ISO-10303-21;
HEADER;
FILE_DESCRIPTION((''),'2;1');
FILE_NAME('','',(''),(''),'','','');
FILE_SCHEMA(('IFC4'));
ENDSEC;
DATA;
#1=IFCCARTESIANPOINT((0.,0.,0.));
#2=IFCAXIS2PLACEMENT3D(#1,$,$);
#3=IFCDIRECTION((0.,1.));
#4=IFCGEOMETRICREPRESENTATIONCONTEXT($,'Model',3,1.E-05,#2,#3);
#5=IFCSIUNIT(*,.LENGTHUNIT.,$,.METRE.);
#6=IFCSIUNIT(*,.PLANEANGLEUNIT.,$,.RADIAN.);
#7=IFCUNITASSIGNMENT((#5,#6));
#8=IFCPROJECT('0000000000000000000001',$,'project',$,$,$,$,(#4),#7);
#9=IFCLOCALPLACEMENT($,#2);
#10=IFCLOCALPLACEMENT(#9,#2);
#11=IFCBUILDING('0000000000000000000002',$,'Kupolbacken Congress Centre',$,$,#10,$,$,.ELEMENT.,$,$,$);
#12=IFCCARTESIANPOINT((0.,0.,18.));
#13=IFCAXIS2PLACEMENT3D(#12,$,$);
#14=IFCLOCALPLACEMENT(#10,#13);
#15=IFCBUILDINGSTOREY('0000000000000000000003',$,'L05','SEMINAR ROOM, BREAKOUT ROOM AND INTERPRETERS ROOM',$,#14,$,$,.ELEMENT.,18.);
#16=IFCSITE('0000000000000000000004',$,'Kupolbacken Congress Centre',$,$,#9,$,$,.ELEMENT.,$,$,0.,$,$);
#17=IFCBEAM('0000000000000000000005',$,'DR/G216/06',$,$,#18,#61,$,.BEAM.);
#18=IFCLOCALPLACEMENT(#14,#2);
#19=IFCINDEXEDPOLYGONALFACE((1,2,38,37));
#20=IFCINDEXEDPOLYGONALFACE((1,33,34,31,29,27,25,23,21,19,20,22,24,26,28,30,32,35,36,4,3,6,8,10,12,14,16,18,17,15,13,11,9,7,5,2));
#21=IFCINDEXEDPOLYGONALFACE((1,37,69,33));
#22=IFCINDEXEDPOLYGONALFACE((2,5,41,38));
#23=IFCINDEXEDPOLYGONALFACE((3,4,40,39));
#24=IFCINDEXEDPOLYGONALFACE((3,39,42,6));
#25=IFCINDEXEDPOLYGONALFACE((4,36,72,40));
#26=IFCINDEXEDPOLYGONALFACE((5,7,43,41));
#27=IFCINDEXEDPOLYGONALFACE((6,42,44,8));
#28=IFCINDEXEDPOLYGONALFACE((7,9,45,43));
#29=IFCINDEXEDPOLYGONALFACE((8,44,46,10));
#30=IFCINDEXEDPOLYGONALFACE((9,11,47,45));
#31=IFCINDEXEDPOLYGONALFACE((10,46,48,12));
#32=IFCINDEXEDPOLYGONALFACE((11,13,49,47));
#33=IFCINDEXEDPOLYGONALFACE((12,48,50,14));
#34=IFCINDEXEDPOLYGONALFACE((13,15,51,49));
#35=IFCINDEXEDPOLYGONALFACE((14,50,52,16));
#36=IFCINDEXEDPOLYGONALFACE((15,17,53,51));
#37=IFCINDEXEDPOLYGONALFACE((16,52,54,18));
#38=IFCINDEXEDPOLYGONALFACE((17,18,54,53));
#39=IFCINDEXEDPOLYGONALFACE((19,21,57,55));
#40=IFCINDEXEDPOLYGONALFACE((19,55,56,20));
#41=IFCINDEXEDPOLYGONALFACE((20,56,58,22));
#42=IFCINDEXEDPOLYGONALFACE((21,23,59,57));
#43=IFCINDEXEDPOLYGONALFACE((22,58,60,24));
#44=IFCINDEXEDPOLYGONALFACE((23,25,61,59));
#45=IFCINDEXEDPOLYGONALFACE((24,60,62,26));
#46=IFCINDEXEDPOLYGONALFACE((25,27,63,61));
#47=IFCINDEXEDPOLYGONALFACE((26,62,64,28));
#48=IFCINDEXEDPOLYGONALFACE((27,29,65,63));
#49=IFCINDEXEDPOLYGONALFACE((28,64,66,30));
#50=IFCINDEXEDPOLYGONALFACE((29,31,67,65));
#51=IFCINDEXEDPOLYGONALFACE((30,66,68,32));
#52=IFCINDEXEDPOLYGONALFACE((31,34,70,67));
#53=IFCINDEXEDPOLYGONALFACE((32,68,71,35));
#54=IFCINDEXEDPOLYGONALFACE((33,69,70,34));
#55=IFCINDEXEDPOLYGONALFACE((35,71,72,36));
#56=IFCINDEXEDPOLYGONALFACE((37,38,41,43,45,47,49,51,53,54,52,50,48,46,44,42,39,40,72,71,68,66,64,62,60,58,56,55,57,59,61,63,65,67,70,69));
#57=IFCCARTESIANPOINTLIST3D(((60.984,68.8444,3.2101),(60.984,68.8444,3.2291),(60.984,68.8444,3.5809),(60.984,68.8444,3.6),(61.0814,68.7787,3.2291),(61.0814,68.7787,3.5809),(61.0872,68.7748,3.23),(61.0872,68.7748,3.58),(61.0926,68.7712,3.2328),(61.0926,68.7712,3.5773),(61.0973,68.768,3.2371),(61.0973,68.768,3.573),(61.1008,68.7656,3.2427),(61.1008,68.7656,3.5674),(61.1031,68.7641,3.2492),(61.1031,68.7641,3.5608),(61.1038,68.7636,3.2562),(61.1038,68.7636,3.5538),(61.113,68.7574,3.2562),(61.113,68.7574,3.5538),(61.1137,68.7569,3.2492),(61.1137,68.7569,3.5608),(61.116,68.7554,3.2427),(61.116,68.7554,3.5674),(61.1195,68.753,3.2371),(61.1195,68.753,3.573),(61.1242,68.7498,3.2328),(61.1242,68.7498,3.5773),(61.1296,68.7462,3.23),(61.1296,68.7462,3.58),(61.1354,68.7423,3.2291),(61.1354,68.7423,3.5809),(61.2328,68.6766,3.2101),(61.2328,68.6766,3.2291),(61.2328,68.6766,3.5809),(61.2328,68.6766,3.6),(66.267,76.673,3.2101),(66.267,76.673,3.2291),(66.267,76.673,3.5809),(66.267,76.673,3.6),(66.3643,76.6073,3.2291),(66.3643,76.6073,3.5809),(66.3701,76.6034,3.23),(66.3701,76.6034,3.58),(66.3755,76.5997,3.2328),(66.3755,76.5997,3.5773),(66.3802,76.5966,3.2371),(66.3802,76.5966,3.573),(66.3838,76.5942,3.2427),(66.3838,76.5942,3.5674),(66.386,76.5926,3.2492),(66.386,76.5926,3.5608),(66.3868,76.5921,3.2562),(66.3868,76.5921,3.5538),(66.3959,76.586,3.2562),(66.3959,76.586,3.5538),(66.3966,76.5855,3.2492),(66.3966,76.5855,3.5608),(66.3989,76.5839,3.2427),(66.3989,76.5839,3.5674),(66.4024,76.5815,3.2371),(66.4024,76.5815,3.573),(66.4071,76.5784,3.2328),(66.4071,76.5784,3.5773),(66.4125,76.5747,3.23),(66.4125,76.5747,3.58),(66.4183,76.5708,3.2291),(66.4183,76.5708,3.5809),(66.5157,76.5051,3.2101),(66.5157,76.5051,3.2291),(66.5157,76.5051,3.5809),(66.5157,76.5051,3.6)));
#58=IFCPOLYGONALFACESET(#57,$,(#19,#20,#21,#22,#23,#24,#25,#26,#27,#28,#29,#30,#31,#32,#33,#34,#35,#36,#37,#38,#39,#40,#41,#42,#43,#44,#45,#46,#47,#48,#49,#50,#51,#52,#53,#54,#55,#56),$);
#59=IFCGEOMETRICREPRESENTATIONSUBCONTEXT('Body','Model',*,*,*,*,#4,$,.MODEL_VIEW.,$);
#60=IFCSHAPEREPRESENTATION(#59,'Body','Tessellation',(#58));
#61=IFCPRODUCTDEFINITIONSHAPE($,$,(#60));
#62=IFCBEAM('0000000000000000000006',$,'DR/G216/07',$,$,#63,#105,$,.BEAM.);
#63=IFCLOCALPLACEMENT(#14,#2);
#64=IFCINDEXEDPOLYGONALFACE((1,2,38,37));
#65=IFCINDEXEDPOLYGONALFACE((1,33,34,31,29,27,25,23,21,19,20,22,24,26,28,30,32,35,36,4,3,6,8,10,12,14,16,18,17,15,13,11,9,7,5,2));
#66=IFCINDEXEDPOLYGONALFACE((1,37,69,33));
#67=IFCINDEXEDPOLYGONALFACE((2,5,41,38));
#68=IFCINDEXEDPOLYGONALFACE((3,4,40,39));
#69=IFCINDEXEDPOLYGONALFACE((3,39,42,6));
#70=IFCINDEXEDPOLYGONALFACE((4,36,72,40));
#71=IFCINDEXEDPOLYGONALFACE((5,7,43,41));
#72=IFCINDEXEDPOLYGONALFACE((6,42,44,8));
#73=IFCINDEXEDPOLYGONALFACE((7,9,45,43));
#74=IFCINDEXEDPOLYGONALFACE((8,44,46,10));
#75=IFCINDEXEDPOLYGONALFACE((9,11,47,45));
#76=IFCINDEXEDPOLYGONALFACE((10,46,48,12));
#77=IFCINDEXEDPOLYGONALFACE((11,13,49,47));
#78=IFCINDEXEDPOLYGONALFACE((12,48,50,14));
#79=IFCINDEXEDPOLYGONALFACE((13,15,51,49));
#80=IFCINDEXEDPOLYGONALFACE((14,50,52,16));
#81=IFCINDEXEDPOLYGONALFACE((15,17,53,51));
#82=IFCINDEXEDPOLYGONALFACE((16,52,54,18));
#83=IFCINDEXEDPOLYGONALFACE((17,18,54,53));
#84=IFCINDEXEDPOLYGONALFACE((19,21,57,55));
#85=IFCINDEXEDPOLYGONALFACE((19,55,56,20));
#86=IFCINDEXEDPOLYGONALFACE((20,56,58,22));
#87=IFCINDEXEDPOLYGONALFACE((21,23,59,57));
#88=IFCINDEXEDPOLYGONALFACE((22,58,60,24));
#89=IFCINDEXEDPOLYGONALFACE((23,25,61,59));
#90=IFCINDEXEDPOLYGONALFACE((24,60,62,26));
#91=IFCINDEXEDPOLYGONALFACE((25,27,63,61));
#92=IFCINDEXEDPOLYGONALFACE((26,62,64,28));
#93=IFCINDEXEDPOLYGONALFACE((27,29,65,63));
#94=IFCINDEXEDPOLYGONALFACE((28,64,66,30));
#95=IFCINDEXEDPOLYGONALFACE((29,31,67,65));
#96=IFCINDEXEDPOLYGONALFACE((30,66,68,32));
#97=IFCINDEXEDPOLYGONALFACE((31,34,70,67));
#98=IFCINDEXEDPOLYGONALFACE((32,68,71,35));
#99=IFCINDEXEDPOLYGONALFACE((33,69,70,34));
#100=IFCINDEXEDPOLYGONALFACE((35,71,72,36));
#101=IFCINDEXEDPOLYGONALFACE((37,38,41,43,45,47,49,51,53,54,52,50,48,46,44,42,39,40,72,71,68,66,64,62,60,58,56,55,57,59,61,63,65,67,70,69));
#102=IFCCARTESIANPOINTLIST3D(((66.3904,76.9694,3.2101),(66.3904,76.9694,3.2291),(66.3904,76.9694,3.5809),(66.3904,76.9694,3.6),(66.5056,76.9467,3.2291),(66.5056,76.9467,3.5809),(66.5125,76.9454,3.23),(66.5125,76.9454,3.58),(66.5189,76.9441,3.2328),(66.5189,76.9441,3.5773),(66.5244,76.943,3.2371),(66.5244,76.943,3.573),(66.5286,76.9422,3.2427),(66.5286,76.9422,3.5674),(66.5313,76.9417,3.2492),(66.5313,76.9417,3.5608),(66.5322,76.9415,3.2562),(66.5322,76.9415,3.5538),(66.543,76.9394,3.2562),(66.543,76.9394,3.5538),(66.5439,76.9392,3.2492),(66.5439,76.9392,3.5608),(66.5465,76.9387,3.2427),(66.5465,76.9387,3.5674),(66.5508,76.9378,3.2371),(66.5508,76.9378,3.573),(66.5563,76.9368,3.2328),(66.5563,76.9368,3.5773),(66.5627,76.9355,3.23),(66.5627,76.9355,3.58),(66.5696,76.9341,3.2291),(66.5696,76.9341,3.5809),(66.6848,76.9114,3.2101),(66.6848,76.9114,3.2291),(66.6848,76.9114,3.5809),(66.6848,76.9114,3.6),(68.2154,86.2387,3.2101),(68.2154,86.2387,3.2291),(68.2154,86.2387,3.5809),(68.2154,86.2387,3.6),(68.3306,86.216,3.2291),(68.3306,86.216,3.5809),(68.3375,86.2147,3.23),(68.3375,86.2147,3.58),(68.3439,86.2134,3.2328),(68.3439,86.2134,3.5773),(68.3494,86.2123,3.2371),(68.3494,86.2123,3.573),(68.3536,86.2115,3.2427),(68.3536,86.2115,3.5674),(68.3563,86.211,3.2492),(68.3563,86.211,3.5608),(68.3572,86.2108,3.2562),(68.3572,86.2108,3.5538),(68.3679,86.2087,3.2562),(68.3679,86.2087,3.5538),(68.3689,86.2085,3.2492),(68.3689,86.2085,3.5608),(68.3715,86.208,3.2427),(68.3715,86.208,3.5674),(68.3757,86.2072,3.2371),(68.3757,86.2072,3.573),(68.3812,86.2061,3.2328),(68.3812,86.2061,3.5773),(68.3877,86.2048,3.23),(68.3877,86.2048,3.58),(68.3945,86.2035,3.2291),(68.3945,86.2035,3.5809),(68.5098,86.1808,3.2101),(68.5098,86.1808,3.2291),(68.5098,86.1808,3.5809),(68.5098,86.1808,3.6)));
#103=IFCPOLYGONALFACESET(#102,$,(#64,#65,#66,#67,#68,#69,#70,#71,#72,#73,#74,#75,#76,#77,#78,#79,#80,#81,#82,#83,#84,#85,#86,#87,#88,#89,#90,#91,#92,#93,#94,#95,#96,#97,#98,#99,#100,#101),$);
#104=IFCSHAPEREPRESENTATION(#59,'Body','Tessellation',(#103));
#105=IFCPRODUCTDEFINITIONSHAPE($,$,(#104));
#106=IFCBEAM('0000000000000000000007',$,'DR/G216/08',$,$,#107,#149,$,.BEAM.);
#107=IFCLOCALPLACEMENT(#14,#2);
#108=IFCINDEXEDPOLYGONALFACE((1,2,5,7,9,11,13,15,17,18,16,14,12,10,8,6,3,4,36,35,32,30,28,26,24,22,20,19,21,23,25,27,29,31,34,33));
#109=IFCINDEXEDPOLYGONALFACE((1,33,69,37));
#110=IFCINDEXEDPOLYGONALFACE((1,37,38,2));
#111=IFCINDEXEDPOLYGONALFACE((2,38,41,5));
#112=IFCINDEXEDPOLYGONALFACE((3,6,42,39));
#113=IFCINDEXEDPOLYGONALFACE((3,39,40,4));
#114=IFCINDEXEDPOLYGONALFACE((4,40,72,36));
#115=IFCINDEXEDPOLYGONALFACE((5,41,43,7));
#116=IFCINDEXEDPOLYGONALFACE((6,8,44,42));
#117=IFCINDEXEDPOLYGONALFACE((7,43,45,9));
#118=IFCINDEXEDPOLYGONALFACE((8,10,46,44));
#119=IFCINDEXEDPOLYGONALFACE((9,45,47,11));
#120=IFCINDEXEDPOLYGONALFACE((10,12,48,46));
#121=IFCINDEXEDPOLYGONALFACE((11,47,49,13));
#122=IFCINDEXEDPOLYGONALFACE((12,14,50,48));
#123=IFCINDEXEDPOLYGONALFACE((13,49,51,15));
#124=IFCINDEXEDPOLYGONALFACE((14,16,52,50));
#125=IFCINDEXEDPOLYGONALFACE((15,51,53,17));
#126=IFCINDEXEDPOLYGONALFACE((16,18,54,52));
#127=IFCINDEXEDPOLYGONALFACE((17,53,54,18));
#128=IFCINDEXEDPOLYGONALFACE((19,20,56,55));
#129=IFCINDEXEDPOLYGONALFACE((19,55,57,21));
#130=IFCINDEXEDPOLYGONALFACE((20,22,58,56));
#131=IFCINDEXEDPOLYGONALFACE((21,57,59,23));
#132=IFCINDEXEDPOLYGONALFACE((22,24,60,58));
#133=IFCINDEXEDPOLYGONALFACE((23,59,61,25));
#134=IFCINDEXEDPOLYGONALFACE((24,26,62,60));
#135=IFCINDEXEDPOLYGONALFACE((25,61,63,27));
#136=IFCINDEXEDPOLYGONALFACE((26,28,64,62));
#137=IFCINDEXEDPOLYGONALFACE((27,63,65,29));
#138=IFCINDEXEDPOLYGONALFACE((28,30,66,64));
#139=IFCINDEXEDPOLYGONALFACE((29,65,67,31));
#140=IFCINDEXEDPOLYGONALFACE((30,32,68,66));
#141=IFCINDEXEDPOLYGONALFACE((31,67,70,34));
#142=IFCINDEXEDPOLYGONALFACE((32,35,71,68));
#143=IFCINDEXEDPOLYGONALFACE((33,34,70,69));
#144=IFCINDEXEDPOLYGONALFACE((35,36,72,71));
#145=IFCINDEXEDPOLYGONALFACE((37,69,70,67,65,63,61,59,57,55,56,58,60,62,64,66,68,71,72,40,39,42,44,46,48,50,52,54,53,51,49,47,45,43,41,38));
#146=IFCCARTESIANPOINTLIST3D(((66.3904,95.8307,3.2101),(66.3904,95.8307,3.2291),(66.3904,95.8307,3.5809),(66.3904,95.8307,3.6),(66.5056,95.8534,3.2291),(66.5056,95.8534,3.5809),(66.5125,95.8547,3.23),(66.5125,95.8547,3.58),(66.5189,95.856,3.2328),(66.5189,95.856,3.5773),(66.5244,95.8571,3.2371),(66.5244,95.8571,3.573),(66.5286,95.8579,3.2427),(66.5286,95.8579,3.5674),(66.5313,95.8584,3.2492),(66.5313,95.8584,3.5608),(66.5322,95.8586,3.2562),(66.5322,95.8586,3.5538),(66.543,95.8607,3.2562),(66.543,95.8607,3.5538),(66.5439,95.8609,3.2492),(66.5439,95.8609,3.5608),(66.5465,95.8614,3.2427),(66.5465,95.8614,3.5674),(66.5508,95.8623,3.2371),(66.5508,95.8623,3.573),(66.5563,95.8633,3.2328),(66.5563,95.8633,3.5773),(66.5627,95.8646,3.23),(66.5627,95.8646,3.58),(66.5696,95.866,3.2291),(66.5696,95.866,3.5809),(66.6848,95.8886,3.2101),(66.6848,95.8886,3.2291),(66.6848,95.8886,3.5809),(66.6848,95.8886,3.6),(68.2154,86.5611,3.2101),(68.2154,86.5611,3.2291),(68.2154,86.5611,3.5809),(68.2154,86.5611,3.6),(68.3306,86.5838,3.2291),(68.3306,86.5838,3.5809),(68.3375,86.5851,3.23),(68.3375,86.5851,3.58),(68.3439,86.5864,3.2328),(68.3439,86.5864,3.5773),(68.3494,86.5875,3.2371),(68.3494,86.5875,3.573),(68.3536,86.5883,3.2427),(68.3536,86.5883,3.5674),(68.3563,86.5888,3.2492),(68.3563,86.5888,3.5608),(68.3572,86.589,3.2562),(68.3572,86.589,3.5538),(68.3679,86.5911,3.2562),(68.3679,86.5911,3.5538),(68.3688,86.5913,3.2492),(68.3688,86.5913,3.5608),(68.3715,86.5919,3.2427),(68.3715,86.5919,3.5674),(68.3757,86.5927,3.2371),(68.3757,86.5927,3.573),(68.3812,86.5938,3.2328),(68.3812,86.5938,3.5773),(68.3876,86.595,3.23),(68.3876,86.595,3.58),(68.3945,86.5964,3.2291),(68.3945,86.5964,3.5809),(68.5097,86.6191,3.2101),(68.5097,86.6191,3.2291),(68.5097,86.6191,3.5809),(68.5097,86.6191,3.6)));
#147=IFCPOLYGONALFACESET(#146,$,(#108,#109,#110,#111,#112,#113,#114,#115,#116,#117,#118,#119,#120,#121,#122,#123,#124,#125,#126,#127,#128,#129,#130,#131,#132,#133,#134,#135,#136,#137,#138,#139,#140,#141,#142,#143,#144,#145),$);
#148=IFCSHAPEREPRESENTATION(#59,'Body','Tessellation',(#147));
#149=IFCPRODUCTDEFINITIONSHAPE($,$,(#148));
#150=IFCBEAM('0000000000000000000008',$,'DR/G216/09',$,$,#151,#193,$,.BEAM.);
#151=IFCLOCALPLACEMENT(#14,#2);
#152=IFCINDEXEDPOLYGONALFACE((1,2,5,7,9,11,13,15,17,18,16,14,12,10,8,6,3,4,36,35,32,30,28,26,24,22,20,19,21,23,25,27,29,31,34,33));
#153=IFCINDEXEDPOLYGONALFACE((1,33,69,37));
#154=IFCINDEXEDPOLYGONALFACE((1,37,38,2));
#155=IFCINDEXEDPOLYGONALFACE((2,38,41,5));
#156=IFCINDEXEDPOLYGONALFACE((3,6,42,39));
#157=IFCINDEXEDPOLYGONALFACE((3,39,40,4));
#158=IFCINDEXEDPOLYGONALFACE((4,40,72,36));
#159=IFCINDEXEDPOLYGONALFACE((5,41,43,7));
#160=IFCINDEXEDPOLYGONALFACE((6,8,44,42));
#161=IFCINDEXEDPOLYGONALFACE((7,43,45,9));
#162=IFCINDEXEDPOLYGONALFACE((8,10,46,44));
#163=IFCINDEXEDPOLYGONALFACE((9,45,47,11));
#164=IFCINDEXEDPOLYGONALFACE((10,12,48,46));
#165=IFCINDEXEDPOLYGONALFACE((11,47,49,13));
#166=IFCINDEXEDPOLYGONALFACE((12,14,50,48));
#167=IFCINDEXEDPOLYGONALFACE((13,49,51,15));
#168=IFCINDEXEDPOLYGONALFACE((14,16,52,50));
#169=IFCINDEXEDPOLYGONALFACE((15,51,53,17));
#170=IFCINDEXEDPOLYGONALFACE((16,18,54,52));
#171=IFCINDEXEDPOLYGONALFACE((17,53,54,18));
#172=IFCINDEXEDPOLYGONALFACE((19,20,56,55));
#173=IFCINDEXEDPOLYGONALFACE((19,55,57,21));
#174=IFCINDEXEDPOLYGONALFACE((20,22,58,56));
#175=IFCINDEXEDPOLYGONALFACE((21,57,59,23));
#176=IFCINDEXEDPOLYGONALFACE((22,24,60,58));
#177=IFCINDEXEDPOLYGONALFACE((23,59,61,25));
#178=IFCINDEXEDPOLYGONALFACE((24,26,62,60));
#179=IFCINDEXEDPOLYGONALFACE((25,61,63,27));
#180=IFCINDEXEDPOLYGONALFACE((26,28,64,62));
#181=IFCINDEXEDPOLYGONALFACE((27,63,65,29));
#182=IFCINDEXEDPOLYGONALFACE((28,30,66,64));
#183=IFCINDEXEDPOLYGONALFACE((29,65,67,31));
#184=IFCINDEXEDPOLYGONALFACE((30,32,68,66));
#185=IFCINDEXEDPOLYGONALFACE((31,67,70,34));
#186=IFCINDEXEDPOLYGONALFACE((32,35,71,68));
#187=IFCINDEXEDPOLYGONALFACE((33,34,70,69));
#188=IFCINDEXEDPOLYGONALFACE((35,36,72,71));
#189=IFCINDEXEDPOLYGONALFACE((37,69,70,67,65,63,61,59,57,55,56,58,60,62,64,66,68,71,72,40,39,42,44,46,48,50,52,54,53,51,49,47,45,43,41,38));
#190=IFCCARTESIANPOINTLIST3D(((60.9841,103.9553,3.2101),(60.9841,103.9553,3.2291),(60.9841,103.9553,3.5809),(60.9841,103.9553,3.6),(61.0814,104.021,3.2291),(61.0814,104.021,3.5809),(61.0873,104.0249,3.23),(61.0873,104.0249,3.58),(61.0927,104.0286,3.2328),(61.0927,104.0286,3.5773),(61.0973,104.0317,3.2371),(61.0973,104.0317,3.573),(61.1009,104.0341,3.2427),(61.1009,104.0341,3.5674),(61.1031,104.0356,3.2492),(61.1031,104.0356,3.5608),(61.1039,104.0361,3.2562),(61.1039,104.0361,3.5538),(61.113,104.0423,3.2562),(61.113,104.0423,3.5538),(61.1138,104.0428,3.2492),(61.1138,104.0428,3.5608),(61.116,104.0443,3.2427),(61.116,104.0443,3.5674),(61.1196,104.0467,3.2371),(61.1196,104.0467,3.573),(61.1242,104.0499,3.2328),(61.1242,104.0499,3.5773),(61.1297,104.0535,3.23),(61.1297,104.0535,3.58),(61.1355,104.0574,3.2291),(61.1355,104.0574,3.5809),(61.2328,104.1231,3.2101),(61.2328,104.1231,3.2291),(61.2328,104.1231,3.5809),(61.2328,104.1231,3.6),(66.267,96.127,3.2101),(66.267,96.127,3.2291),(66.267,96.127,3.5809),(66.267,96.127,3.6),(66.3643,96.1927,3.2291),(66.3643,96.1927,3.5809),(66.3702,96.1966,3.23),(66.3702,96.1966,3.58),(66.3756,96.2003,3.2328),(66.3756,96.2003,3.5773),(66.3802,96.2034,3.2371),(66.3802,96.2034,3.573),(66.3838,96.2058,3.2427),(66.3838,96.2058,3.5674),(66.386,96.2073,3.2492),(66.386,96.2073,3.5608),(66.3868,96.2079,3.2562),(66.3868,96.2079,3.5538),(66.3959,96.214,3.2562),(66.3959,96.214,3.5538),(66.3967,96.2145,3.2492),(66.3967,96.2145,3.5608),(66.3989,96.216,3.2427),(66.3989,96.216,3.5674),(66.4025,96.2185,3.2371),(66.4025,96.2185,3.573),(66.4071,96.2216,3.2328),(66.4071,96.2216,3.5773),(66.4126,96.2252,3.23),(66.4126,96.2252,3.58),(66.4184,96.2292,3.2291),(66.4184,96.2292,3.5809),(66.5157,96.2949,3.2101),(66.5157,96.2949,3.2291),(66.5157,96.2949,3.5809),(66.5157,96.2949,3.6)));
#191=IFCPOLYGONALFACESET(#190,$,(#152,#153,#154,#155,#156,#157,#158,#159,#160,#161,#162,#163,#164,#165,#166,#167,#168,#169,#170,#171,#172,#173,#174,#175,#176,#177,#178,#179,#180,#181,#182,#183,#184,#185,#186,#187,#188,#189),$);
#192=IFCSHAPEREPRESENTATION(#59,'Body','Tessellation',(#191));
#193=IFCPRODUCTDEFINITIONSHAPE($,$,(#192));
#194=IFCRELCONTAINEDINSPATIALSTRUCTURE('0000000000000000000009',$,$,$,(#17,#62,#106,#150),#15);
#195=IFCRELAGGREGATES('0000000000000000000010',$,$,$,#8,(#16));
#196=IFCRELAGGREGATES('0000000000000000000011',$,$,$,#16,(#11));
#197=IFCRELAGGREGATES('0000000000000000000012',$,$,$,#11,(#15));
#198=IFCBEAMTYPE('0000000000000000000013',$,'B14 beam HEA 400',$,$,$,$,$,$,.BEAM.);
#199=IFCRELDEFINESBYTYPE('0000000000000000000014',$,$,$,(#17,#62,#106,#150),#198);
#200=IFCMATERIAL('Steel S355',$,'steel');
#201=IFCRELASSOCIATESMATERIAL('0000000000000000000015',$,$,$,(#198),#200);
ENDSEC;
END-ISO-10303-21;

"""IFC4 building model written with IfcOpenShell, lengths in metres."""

from ifc_helpers import new_model, si_unit, direction, frame, origin, origin_2d, place, context, subcontext, project, spatial, i_section, extrude, material, material_profile, profile_set, type_object, element, save


model = new_model("IFC4")

# Units and contexts
model_context = context("Model", 3, precision=1e-05, world=origin(), true_north=direction((0.0, 1.0)))
body_context = subcontext(model_context, "Body", "Model", "MODEL_VIEW")
ifc_project = project(units=[si_unit("LENGTHUNIT", "METRE"), si_unit("PLANEANGLEUNIT", "RADIAN")], contexts=[model_context])

# Site, building, storey
site_placement = place(None, origin())
site = spatial("IfcSite", under=ifc_project, at=site_placement, Name="Kupolbacken Congress Centre", CompositionType="ELEMENT", RefElevation=0.0)
building_placement = place(site_placement, origin())
building = spatial("IfcBuilding", under=site, at=building_placement, Name="Kupolbacken Congress Centre", CompositionType="ELEMENT")
storey_placement = place(building_placement, frame((0.0, 0.0, 18.0)))
storey = spatial("IfcBuildingStorey", under=building, at=storey_placement, Name="L05", Description="SEMINAR ROOM, BREAKOUT ROOM AND INTERPRETERS ROOM", CompositionType="ELEMENT", Elevation=18.0)

# Beams
ifc_material_1 = material(Name="Steel S355", Category="steel")
ifc_material_profile_1 = material_profile(ifc_material_1, i_section(OverallWidth=0.3, OverallDepth=0.3899, WebThickness=0.011, FlangeThickness=0.019, FilletRadius=0.0271, at=origin_2d()), Name="HEA 400")
ifc_profile_set_1 = profile_set([ifc_material_profile_1], Name="Steel S355")
beam_type_1 = type_object("IfcBeamType", Name="B14 beam HEA 400", PredefinedType="BEAM", material=ifc_profile_set_1)
beam_1_placement = place(storey_placement, frame((61.1084, 68.7605, 3.405), z_axis=(0.559374, 0.828915, 0.0), x_axis=(-0.828915, 0.559374, 0.0)))
element("IfcBeam", 1, at=beam_1_placement, inside=storey, type_object=beam_type_1, Name="DR/G216/06", PredefinedType="BEAM", context=body_context, shape_type="SweptSolid", body=[
    extrude(i_section(OverallWidth=0.3, OverallDepth=0.3899, WebThickness=0.011, FlangeThickness=0.019, FilletRadius=0.0271, at=origin_2d()), origin(), (0.0, 0.0, 1.0), 9.4443),
])
beam_2_placement = place(storey_placement, frame((66.5376, 76.9404, 3.405), z_axis=(0.193173, 0.981165, 0.0), x_axis=(-0.981165, 0.193173, 0.0)))
element("IfcBeam", 2, at=beam_2_placement, inside=storey, type_object=beam_type_1, Name="DR/G216/07", PredefinedType="BEAM", context=body_context, shape_type="SweptSolid", body=[
    extrude(i_section(OverallWidth=0.3, OverallDepth=0.3899, WebThickness=0.011, FlangeThickness=0.019, FilletRadius=0.0271, at=origin_2d()), origin(), (0.0, 0.0, 1.0), 9.4473),
])
beam_3_placement = place(storey_placement, frame((68.3625, 86.5901, 3.405), z_axis=(-0.193168, 0.981166, 0.0), x_axis=(-0.981166, -0.193168, 0.0)))
element("IfcBeam", 3, at=beam_3_placement, inside=storey, type_object=beam_type_1, Name="DR/G216/08", PredefinedType="BEAM", context=body_context, shape_type="SweptSolid", body=[
    extrude(i_section(OverallWidth=0.3, OverallDepth=0.3899, WebThickness=0.011, FlangeThickness=0.019, FilletRadius=0.0271, at=origin_2d()), origin(), (0.0, 0.0, 1.0), 9.4475),
])
beam_4_placement = place(storey_placement, frame((66.3914, 96.2109, 3.405), z_axis=(-0.559386, 0.828907, 0.0), x_axis=(-0.828907, -0.559386, 0.0)))
element("IfcBeam", 4, at=beam_4_placement, inside=storey, type_object=beam_type_1, Name="DR/G216/09", PredefinedType="BEAM", context=body_context, shape_type="SweptSolid", body=[
    extrude(i_section(OverallWidth=0.3, OverallDepth=0.3899, WebThickness=0.011, FlangeThickness=0.019, FilletRadius=0.0271, at=origin_2d()), origin(), (0.0, 0.0, 1.0), 9.4441),
])

save(model, "model.ifc")
